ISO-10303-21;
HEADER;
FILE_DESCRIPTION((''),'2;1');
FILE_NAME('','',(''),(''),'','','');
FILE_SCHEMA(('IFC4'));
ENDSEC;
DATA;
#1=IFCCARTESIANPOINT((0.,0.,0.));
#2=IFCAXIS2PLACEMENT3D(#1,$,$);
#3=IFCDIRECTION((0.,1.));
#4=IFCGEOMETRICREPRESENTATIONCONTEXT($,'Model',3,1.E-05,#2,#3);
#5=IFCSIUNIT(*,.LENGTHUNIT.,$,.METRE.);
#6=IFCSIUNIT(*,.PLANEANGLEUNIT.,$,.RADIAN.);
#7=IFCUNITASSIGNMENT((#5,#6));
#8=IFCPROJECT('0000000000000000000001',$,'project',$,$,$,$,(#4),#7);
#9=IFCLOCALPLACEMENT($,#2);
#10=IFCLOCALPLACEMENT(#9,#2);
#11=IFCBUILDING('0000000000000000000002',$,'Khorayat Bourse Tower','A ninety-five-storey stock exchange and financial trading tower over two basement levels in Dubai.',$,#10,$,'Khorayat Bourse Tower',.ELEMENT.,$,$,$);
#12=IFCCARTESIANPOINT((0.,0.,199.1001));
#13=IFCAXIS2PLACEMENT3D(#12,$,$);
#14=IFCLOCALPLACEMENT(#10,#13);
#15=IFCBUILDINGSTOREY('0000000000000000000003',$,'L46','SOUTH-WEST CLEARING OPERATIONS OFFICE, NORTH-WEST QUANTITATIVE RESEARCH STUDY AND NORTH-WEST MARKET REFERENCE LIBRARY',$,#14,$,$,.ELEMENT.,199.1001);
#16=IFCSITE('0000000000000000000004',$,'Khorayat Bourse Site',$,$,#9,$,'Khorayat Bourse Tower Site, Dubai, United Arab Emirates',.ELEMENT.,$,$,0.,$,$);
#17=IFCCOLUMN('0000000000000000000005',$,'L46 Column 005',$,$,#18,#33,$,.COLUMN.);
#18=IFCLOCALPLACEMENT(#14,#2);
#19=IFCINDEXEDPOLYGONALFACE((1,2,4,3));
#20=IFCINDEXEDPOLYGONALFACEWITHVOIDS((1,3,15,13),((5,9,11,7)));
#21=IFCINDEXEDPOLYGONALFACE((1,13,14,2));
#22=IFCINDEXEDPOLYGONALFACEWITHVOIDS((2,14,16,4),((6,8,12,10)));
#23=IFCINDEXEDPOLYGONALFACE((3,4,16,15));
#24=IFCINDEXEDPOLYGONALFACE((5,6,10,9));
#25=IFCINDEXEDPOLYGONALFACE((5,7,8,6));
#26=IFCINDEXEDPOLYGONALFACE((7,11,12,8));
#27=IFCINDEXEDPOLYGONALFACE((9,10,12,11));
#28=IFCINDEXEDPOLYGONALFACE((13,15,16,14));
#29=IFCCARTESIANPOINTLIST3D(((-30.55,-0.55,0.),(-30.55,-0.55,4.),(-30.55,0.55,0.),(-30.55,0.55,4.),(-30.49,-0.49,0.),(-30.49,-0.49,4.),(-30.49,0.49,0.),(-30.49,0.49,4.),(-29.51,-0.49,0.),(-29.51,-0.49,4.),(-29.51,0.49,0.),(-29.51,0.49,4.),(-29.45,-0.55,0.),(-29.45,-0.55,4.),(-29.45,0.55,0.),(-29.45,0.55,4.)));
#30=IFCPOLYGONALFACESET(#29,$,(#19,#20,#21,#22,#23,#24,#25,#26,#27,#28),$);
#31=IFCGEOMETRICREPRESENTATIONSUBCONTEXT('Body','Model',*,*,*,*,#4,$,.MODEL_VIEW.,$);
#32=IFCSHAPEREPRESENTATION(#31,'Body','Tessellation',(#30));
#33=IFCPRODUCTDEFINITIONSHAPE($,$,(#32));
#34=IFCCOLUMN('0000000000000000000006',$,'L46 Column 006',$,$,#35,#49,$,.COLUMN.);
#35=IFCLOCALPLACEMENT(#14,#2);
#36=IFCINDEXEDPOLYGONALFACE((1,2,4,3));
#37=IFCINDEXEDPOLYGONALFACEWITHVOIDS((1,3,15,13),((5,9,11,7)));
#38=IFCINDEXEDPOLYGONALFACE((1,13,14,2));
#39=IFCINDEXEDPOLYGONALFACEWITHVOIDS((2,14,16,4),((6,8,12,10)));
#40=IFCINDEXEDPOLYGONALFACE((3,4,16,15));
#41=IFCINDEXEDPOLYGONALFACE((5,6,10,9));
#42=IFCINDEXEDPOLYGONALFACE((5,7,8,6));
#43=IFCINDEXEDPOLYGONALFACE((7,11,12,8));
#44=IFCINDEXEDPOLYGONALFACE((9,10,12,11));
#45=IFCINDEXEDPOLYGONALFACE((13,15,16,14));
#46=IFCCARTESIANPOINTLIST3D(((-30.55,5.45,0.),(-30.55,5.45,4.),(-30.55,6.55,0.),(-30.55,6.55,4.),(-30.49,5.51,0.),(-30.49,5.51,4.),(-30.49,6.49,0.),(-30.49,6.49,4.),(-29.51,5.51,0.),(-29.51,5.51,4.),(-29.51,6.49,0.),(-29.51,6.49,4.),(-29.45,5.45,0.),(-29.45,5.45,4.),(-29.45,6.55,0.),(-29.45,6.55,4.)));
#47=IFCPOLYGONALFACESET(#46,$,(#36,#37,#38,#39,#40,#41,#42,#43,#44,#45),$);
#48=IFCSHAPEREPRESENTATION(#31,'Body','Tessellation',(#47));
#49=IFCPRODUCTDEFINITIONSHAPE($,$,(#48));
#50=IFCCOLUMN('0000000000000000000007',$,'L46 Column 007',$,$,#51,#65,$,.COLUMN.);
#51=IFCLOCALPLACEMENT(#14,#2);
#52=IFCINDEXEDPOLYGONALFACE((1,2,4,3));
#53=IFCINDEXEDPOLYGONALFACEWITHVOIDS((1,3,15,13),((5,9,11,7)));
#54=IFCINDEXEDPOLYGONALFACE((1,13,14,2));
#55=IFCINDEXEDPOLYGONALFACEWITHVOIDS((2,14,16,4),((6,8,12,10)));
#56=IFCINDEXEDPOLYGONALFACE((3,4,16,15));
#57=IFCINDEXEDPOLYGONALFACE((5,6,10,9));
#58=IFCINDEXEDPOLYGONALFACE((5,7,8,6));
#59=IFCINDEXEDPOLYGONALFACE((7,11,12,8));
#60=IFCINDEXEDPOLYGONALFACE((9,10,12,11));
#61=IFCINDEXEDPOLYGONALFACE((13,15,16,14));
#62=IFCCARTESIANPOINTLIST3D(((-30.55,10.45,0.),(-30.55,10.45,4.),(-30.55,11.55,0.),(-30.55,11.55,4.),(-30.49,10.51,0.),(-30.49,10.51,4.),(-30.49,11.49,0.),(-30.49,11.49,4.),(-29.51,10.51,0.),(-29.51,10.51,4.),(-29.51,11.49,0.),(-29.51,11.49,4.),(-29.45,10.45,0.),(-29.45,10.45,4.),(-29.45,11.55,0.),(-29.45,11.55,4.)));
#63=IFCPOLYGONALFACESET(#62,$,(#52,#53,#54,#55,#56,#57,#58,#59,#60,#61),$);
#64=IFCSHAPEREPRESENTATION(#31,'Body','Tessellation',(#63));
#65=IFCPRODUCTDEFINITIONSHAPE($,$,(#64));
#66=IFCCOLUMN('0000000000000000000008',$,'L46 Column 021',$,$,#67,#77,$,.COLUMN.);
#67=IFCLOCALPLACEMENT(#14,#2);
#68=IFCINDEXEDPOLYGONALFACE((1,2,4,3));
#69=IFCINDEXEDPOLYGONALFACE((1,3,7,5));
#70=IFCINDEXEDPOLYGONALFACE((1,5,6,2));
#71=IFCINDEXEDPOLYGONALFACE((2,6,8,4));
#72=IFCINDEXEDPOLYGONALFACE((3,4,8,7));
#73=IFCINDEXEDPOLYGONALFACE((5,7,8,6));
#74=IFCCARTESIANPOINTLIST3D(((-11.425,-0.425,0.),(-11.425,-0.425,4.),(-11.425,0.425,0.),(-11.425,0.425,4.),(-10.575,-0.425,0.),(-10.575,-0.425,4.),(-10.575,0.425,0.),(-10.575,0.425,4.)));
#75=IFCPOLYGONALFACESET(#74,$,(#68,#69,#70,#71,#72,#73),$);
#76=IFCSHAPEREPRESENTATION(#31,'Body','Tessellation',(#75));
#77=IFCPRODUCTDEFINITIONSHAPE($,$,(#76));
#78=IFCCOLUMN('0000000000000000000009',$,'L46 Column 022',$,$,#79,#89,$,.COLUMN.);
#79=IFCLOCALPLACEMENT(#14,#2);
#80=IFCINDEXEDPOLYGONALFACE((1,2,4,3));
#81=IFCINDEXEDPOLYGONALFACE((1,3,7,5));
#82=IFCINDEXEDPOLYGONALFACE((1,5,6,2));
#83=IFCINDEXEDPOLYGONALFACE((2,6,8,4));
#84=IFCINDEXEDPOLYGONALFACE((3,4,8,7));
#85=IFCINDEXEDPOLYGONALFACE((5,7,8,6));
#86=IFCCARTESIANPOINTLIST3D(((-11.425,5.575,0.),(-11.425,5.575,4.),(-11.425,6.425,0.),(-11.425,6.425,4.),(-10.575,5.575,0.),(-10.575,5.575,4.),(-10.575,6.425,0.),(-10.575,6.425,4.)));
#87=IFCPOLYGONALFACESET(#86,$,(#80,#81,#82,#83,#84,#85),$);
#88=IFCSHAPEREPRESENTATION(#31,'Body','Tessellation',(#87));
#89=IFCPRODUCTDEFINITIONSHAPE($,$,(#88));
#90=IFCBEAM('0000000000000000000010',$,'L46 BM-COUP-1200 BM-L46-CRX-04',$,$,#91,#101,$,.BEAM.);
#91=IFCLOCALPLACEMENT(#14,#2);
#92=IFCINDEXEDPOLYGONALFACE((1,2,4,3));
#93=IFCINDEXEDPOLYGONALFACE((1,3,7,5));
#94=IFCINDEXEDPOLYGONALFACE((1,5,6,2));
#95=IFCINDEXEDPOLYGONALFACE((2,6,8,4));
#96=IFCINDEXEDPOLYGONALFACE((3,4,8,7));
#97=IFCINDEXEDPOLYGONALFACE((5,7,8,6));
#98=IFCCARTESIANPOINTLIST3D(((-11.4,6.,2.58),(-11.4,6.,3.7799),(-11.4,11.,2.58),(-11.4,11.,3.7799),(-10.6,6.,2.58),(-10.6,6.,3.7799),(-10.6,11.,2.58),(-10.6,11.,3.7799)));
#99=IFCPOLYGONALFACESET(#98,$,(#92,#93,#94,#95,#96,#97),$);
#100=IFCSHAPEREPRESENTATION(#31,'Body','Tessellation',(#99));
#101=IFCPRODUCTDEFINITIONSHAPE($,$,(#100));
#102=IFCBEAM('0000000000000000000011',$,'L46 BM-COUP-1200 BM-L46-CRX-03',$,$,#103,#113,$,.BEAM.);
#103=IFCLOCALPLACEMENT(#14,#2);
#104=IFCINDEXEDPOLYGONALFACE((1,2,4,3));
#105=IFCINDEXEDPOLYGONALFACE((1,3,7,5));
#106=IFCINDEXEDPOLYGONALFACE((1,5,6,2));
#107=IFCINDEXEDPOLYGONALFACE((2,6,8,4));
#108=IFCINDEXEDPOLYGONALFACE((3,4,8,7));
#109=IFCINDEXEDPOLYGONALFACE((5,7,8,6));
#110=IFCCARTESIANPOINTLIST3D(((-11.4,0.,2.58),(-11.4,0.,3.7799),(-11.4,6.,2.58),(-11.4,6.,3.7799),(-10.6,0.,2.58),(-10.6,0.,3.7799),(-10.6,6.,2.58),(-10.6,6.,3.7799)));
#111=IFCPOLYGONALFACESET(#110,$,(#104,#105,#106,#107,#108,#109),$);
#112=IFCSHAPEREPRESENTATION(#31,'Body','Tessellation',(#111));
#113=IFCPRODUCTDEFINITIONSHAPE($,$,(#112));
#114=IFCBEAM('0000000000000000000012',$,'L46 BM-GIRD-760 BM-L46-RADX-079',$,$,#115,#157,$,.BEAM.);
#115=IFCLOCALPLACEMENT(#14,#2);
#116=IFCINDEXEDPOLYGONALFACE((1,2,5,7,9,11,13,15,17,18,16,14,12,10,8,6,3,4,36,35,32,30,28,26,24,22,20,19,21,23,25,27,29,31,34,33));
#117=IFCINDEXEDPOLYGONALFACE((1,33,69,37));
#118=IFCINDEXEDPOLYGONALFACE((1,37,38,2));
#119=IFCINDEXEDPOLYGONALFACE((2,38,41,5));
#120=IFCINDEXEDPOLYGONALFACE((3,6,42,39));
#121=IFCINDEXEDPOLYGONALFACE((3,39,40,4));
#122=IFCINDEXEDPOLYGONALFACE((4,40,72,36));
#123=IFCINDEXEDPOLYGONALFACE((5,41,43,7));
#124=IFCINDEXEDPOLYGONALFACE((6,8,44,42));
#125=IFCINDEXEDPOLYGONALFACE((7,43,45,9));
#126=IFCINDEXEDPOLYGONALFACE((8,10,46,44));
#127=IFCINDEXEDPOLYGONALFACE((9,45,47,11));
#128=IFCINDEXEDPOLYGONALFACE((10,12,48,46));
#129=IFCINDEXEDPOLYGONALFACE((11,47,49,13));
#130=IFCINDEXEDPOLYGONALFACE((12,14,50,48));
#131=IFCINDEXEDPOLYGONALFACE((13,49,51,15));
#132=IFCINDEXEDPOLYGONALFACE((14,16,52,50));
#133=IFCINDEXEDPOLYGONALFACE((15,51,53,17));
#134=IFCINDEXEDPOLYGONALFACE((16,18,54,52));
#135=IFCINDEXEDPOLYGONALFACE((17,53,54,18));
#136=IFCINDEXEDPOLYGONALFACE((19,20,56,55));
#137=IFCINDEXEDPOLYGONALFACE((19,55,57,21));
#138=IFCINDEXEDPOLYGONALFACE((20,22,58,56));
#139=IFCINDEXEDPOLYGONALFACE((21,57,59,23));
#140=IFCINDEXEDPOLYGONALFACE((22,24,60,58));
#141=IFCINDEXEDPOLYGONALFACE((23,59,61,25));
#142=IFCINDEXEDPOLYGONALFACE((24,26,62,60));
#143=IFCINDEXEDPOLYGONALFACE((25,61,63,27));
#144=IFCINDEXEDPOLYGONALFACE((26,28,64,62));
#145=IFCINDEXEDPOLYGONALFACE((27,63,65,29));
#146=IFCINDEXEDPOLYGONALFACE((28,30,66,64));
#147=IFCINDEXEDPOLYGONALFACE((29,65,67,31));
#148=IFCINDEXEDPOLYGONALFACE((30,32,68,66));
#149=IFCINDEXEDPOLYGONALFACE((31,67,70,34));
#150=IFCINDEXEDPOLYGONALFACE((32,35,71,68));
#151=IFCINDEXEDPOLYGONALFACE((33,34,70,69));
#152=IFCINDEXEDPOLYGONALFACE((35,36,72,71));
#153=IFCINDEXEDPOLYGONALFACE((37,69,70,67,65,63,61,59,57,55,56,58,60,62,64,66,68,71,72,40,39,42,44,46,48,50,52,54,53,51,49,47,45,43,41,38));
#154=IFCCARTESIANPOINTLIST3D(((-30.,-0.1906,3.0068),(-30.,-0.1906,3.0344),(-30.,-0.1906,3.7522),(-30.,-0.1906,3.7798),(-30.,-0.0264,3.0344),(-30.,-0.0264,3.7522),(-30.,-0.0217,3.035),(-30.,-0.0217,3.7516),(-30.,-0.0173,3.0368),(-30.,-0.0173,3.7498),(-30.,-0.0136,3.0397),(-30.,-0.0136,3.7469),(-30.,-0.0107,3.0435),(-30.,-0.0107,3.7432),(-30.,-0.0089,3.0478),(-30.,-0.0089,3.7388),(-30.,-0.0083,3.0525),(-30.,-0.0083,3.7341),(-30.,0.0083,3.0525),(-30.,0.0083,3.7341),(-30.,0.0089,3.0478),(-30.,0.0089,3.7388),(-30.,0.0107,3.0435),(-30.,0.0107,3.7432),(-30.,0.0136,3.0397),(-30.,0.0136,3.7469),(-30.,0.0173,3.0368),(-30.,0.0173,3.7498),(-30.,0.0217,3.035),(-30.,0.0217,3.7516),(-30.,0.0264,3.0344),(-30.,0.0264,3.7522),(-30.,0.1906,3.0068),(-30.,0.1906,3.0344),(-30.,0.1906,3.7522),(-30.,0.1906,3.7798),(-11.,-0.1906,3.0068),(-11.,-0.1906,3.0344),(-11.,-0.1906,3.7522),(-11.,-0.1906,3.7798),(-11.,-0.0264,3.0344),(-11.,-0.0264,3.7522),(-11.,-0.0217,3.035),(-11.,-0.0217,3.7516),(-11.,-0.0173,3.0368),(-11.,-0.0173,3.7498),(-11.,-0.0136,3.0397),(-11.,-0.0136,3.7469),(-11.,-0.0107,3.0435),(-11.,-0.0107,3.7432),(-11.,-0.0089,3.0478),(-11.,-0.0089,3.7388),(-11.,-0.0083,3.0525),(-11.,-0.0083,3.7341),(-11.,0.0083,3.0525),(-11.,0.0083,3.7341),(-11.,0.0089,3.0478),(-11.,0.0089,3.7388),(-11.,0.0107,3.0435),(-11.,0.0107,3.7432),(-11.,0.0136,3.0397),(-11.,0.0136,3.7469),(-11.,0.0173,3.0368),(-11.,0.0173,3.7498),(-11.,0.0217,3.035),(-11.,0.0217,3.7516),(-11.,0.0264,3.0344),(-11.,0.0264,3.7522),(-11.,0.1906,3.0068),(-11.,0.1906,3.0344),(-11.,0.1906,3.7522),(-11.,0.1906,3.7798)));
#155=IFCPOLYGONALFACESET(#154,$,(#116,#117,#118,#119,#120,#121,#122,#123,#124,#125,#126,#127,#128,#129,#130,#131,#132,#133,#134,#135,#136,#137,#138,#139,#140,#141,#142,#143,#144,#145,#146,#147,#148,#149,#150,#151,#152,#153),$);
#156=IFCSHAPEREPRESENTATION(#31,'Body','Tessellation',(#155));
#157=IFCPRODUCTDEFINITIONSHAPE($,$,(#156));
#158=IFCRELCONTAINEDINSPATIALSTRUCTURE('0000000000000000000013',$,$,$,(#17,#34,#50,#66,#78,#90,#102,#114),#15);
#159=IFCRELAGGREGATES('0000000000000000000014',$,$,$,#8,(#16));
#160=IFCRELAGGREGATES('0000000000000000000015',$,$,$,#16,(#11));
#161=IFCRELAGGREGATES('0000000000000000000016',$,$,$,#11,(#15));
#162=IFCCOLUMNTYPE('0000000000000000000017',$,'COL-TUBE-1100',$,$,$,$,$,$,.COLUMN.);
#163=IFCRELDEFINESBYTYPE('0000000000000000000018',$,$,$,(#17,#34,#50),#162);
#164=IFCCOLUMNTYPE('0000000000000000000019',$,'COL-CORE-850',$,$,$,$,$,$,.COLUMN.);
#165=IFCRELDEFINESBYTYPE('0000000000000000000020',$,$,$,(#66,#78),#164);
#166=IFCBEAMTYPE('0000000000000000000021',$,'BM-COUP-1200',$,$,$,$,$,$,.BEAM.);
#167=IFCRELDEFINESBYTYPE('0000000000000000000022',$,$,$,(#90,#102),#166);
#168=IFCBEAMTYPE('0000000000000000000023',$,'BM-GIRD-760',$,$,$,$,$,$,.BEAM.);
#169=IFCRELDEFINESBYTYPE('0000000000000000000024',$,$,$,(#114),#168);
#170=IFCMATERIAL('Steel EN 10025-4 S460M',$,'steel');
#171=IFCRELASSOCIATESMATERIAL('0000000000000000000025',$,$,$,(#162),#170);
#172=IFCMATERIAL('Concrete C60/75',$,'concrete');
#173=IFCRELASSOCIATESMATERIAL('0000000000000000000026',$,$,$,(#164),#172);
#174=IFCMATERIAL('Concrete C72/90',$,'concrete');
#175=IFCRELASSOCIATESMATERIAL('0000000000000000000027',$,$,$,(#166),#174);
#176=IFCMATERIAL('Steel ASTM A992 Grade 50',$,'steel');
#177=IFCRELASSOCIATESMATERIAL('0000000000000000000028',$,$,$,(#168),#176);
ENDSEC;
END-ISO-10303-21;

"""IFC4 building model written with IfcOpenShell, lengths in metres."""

from ifc_helpers import new_model, si_unit, direction, frame, origin, origin_2d, place, context, subcontext, project, spatial, rectangle, hollow_rectangle, i_section, extrude, source, transform, mapped, material, material_profile, profile_set, type_object, element, save


model = new_model("IFC4")

# Units and contexts
model_context = context("Model", 3, precision=1e-05, world=origin(), true_north=direction((0.0, 1.0)))
body_context = subcontext(model_context, "Body", "Model", "MODEL_VIEW")
ifc_project = project(units=[si_unit("LENGTHUNIT", "METRE"), si_unit("PLANEANGLEUNIT", "RADIAN")], contexts=[model_context])

# Site, building, storey
site_placement = place(None, origin())
site = spatial("IfcSite", under=ifc_project, at=site_placement, Name="Khorayat Bourse Site", LongName="Khorayat Bourse Tower Site, Dubai, United Arab Emirates", CompositionType="ELEMENT", RefElevation=0.0)
building_placement = place(site_placement, origin())
building = spatial("IfcBuilding", under=site, at=building_placement, Name="Khorayat Bourse Tower", Description="A ninety-five-storey stock exchange and financial trading tower over two basement levels in Dubai.", LongName="Khorayat Bourse Tower", CompositionType="ELEMENT")
storey_placement = place(building_placement, frame((0.0, 0.0, 199.1001)))
storey = spatial("IfcBuildingStorey", under=building, at=storey_placement, Name="L46", Description="SOUTH-WEST CLEARING OPERATIONS OFFICE, NORTH-WEST QUANTITATIVE RESEARCH STUDY AND NORTH-WEST MARKET REFERENCE LIBRARY", CompositionType="ELEMENT", Elevation=199.1001)

# Columns
ifc_material_1 = material(Name="Steel EN 10025-4 S460M", Category="steel")
ifc_material_profile_1 = material_profile(ifc_material_1, hollow_rectangle(XDim=1.1001, YDim=1.1001, WallThickness=0.0601, at=origin_2d()), Name="BOX 1100x1100x60")
ifc_profile_set_1 = profile_set([ifc_material_profile_1], Name="Steel EN 10025-4 S460M")
column_type_1 = type_object("IfcColumnType", Name="COL-TUBE-1100", PredefinedType="COLUMN", material=ifc_profile_set_1)
shared_shape_1 = source(origin(), body_context, "Body", "SweptSolid", [
    extrude(hollow_rectangle(XDim=1.1001, YDim=1.1001, WallThickness=0.0601, at=origin_2d()), origin(), (0.0, 0.0, 1.0), 4.0),
])
for number, where, z_axis, x_axis, name in (
    (1, (-30.0, 0.0, 0.0), (0.0, 0.0, 1.0), (1.0, 0.0, 0.0), "L46 Column 005"),
    (2, (-30.0, 6.0, 0.0), (0.0, 0.0, 1.0), (1.0, 0.0, 0.0), "L46 Column 006"),
    (3, (-30.0, 11.0, 0.0), (0.0, 0.0, 1.0), (1.0, 0.0, 0.0), "L46 Column 007"),
):
    element("IfcColumn", number, at=place(storey_placement, frame(where, z_axis=z_axis, x_axis=x_axis)), inside=storey, type_object=column_type_1, Name=name, PredefinedType="COLUMN", context=body_context, shape_type="MappedRepresentation", body=[
        mapped(shared_shape_1, transform((0.0, 0.0, 0.0), scale=1.0)),
    ])
ifc_material_2 = material(Name="Concrete C60/75", Category="concrete")
ifc_material_profile_2 = material_profile(ifc_material_2, rectangle(XDim=0.8501, YDim=0.8501, at=origin_2d()), Name="RC 850x850")
ifc_profile_set_2 = profile_set([ifc_material_profile_2], Name="Concrete C60/75")
column_type_2 = type_object("IfcColumnType", Name="COL-CORE-850", PredefinedType="COLUMN", material=ifc_profile_set_2)
shared_shape_2 = source(origin(), body_context, "Body", "SweptSolid", [
    extrude(rectangle(XDim=0.8501, YDim=0.8501, at=origin_2d()), origin(), (0.0, 0.0, 1.0), 4.0),
])
for number, where, z_axis, x_axis, name in (
    (4, (-11.0, 0.0, 0.0), (0.0, 0.0, 1.0), (1.0, 0.0, 0.0), "L46 Column 021"),
    (5, (-11.0, 6.0, 0.0), (0.0, 0.0, 1.0), (1.0, 0.0, 0.0), "L46 Column 022"),
):
    element("IfcColumn", number, at=place(storey_placement, frame(where, z_axis=z_axis, x_axis=x_axis)), inside=storey, type_object=column_type_2, Name=name, PredefinedType="COLUMN", context=body_context, shape_type="MappedRepresentation", body=[
        mapped(shared_shape_2, transform((0.0, 0.0, 0.0), scale=1.0)),
    ])

# Beams
ifc_material_3 = material(Name="Concrete C72/90", Category="concrete")
ifc_material_profile_3 = material_profile(ifc_material_3, rectangle(XDim=0.8, YDim=1.2, at=origin_2d()), Name="RC 800x1200")
ifc_profile_set_3 = profile_set([ifc_material_profile_3], Name="Concrete C72/90")
beam_type_1 = type_object("IfcBeamType", Name="BM-COUP-1200", PredefinedType="BEAM", material=ifc_profile_set_3)
shared_shape_3 = source(origin(), body_context, "Body", "SweptSolid", [
    extrude(rectangle(XDim=0.8, YDim=1.2, at=origin_2d()), origin(), (0.0, 0.0, 1.0), 5.0),
])
beam_1_placement = place(storey_placement, frame((-11.0, 6.0, 3.1799), z_axis=(0.0, 1.0, 0.0), x_axis=(-1.0, 0.0, 0.0)))
element("IfcBeam", 6, at=beam_1_placement, inside=storey, type_object=beam_type_1, Name="L46 BM-COUP-1200 BM-L46-CRX-04", PredefinedType="BEAM", context=body_context, shape_type="MappedRepresentation", body=[
    mapped(shared_shape_3, transform((0.0, 0.0, 0.0), scale=1.0)),
])
shared_shape_4 = source(origin(), body_context, "Body", "SweptSolid", [
    extrude(rectangle(XDim=0.8, YDim=1.2, at=origin_2d()), origin(), (0.0, 0.0, 1.0), 6.0),
])
beam_2_placement = place(storey_placement, frame((-11.0, 0.0, 3.1799), z_axis=(0.0, 1.0, 0.0), x_axis=(-1.0, 0.0, 0.0)))
element("IfcBeam", 7, at=beam_2_placement, inside=storey, type_object=beam_type_1, Name="L46 BM-COUP-1200 BM-L46-CRX-03", PredefinedType="BEAM", context=body_context, shape_type="MappedRepresentation", body=[
    mapped(shared_shape_4, transform((0.0, 0.0, 0.0), scale=1.0)),
])
ifc_material_4 = material(Name="Steel ASTM A992 Grade 50", Category="steel")
ifc_material_profile_4 = material_profile(ifc_material_4, i_section(OverallWidth=0.3811, OverallDepth=0.7729, WebThickness=0.0166, FlangeThickness=0.0276, FilletRadius=0.0181, at=origin_2d()), Name="W760X257")
ifc_profile_set_4 = profile_set([ifc_material_profile_4], Name="Steel ASTM A992 Grade 50")
beam_type_2 = type_object("IfcBeamType", Name="BM-GIRD-760", PredefinedType="BEAM", material=ifc_profile_set_4)
shared_shape_5 = source(origin(), body_context, "Body", "SweptSolid", [
    extrude(i_section(OverallWidth=0.3811, OverallDepth=0.7729, WebThickness=0.0166, FlangeThickness=0.0276, FilletRadius=0.0181, at=origin_2d()), origin(), (0.0, 0.0, 1.0), 19.0),
])
for number, where, z_axis, x_axis, name in (
    (8, (-30.0, 0.0, 3.3933), (1.0, 0.0, 0.0), (0.0, 1.0, 0.0), "L46 BM-GIRD-760 BM-L46-RADX-079"),
):
    element("IfcBeam", number, at=place(storey_placement, frame(where, z_axis=z_axis, x_axis=x_axis)), inside=storey, type_object=beam_type_2, Name=name, PredefinedType="BEAM", context=body_context, shape_type="MappedRepresentation", body=[
        mapped(shared_shape_5, transform((0.0, 0.0, 0.0), scale=1.0)),
    ])

save(model, "model.ifc")
